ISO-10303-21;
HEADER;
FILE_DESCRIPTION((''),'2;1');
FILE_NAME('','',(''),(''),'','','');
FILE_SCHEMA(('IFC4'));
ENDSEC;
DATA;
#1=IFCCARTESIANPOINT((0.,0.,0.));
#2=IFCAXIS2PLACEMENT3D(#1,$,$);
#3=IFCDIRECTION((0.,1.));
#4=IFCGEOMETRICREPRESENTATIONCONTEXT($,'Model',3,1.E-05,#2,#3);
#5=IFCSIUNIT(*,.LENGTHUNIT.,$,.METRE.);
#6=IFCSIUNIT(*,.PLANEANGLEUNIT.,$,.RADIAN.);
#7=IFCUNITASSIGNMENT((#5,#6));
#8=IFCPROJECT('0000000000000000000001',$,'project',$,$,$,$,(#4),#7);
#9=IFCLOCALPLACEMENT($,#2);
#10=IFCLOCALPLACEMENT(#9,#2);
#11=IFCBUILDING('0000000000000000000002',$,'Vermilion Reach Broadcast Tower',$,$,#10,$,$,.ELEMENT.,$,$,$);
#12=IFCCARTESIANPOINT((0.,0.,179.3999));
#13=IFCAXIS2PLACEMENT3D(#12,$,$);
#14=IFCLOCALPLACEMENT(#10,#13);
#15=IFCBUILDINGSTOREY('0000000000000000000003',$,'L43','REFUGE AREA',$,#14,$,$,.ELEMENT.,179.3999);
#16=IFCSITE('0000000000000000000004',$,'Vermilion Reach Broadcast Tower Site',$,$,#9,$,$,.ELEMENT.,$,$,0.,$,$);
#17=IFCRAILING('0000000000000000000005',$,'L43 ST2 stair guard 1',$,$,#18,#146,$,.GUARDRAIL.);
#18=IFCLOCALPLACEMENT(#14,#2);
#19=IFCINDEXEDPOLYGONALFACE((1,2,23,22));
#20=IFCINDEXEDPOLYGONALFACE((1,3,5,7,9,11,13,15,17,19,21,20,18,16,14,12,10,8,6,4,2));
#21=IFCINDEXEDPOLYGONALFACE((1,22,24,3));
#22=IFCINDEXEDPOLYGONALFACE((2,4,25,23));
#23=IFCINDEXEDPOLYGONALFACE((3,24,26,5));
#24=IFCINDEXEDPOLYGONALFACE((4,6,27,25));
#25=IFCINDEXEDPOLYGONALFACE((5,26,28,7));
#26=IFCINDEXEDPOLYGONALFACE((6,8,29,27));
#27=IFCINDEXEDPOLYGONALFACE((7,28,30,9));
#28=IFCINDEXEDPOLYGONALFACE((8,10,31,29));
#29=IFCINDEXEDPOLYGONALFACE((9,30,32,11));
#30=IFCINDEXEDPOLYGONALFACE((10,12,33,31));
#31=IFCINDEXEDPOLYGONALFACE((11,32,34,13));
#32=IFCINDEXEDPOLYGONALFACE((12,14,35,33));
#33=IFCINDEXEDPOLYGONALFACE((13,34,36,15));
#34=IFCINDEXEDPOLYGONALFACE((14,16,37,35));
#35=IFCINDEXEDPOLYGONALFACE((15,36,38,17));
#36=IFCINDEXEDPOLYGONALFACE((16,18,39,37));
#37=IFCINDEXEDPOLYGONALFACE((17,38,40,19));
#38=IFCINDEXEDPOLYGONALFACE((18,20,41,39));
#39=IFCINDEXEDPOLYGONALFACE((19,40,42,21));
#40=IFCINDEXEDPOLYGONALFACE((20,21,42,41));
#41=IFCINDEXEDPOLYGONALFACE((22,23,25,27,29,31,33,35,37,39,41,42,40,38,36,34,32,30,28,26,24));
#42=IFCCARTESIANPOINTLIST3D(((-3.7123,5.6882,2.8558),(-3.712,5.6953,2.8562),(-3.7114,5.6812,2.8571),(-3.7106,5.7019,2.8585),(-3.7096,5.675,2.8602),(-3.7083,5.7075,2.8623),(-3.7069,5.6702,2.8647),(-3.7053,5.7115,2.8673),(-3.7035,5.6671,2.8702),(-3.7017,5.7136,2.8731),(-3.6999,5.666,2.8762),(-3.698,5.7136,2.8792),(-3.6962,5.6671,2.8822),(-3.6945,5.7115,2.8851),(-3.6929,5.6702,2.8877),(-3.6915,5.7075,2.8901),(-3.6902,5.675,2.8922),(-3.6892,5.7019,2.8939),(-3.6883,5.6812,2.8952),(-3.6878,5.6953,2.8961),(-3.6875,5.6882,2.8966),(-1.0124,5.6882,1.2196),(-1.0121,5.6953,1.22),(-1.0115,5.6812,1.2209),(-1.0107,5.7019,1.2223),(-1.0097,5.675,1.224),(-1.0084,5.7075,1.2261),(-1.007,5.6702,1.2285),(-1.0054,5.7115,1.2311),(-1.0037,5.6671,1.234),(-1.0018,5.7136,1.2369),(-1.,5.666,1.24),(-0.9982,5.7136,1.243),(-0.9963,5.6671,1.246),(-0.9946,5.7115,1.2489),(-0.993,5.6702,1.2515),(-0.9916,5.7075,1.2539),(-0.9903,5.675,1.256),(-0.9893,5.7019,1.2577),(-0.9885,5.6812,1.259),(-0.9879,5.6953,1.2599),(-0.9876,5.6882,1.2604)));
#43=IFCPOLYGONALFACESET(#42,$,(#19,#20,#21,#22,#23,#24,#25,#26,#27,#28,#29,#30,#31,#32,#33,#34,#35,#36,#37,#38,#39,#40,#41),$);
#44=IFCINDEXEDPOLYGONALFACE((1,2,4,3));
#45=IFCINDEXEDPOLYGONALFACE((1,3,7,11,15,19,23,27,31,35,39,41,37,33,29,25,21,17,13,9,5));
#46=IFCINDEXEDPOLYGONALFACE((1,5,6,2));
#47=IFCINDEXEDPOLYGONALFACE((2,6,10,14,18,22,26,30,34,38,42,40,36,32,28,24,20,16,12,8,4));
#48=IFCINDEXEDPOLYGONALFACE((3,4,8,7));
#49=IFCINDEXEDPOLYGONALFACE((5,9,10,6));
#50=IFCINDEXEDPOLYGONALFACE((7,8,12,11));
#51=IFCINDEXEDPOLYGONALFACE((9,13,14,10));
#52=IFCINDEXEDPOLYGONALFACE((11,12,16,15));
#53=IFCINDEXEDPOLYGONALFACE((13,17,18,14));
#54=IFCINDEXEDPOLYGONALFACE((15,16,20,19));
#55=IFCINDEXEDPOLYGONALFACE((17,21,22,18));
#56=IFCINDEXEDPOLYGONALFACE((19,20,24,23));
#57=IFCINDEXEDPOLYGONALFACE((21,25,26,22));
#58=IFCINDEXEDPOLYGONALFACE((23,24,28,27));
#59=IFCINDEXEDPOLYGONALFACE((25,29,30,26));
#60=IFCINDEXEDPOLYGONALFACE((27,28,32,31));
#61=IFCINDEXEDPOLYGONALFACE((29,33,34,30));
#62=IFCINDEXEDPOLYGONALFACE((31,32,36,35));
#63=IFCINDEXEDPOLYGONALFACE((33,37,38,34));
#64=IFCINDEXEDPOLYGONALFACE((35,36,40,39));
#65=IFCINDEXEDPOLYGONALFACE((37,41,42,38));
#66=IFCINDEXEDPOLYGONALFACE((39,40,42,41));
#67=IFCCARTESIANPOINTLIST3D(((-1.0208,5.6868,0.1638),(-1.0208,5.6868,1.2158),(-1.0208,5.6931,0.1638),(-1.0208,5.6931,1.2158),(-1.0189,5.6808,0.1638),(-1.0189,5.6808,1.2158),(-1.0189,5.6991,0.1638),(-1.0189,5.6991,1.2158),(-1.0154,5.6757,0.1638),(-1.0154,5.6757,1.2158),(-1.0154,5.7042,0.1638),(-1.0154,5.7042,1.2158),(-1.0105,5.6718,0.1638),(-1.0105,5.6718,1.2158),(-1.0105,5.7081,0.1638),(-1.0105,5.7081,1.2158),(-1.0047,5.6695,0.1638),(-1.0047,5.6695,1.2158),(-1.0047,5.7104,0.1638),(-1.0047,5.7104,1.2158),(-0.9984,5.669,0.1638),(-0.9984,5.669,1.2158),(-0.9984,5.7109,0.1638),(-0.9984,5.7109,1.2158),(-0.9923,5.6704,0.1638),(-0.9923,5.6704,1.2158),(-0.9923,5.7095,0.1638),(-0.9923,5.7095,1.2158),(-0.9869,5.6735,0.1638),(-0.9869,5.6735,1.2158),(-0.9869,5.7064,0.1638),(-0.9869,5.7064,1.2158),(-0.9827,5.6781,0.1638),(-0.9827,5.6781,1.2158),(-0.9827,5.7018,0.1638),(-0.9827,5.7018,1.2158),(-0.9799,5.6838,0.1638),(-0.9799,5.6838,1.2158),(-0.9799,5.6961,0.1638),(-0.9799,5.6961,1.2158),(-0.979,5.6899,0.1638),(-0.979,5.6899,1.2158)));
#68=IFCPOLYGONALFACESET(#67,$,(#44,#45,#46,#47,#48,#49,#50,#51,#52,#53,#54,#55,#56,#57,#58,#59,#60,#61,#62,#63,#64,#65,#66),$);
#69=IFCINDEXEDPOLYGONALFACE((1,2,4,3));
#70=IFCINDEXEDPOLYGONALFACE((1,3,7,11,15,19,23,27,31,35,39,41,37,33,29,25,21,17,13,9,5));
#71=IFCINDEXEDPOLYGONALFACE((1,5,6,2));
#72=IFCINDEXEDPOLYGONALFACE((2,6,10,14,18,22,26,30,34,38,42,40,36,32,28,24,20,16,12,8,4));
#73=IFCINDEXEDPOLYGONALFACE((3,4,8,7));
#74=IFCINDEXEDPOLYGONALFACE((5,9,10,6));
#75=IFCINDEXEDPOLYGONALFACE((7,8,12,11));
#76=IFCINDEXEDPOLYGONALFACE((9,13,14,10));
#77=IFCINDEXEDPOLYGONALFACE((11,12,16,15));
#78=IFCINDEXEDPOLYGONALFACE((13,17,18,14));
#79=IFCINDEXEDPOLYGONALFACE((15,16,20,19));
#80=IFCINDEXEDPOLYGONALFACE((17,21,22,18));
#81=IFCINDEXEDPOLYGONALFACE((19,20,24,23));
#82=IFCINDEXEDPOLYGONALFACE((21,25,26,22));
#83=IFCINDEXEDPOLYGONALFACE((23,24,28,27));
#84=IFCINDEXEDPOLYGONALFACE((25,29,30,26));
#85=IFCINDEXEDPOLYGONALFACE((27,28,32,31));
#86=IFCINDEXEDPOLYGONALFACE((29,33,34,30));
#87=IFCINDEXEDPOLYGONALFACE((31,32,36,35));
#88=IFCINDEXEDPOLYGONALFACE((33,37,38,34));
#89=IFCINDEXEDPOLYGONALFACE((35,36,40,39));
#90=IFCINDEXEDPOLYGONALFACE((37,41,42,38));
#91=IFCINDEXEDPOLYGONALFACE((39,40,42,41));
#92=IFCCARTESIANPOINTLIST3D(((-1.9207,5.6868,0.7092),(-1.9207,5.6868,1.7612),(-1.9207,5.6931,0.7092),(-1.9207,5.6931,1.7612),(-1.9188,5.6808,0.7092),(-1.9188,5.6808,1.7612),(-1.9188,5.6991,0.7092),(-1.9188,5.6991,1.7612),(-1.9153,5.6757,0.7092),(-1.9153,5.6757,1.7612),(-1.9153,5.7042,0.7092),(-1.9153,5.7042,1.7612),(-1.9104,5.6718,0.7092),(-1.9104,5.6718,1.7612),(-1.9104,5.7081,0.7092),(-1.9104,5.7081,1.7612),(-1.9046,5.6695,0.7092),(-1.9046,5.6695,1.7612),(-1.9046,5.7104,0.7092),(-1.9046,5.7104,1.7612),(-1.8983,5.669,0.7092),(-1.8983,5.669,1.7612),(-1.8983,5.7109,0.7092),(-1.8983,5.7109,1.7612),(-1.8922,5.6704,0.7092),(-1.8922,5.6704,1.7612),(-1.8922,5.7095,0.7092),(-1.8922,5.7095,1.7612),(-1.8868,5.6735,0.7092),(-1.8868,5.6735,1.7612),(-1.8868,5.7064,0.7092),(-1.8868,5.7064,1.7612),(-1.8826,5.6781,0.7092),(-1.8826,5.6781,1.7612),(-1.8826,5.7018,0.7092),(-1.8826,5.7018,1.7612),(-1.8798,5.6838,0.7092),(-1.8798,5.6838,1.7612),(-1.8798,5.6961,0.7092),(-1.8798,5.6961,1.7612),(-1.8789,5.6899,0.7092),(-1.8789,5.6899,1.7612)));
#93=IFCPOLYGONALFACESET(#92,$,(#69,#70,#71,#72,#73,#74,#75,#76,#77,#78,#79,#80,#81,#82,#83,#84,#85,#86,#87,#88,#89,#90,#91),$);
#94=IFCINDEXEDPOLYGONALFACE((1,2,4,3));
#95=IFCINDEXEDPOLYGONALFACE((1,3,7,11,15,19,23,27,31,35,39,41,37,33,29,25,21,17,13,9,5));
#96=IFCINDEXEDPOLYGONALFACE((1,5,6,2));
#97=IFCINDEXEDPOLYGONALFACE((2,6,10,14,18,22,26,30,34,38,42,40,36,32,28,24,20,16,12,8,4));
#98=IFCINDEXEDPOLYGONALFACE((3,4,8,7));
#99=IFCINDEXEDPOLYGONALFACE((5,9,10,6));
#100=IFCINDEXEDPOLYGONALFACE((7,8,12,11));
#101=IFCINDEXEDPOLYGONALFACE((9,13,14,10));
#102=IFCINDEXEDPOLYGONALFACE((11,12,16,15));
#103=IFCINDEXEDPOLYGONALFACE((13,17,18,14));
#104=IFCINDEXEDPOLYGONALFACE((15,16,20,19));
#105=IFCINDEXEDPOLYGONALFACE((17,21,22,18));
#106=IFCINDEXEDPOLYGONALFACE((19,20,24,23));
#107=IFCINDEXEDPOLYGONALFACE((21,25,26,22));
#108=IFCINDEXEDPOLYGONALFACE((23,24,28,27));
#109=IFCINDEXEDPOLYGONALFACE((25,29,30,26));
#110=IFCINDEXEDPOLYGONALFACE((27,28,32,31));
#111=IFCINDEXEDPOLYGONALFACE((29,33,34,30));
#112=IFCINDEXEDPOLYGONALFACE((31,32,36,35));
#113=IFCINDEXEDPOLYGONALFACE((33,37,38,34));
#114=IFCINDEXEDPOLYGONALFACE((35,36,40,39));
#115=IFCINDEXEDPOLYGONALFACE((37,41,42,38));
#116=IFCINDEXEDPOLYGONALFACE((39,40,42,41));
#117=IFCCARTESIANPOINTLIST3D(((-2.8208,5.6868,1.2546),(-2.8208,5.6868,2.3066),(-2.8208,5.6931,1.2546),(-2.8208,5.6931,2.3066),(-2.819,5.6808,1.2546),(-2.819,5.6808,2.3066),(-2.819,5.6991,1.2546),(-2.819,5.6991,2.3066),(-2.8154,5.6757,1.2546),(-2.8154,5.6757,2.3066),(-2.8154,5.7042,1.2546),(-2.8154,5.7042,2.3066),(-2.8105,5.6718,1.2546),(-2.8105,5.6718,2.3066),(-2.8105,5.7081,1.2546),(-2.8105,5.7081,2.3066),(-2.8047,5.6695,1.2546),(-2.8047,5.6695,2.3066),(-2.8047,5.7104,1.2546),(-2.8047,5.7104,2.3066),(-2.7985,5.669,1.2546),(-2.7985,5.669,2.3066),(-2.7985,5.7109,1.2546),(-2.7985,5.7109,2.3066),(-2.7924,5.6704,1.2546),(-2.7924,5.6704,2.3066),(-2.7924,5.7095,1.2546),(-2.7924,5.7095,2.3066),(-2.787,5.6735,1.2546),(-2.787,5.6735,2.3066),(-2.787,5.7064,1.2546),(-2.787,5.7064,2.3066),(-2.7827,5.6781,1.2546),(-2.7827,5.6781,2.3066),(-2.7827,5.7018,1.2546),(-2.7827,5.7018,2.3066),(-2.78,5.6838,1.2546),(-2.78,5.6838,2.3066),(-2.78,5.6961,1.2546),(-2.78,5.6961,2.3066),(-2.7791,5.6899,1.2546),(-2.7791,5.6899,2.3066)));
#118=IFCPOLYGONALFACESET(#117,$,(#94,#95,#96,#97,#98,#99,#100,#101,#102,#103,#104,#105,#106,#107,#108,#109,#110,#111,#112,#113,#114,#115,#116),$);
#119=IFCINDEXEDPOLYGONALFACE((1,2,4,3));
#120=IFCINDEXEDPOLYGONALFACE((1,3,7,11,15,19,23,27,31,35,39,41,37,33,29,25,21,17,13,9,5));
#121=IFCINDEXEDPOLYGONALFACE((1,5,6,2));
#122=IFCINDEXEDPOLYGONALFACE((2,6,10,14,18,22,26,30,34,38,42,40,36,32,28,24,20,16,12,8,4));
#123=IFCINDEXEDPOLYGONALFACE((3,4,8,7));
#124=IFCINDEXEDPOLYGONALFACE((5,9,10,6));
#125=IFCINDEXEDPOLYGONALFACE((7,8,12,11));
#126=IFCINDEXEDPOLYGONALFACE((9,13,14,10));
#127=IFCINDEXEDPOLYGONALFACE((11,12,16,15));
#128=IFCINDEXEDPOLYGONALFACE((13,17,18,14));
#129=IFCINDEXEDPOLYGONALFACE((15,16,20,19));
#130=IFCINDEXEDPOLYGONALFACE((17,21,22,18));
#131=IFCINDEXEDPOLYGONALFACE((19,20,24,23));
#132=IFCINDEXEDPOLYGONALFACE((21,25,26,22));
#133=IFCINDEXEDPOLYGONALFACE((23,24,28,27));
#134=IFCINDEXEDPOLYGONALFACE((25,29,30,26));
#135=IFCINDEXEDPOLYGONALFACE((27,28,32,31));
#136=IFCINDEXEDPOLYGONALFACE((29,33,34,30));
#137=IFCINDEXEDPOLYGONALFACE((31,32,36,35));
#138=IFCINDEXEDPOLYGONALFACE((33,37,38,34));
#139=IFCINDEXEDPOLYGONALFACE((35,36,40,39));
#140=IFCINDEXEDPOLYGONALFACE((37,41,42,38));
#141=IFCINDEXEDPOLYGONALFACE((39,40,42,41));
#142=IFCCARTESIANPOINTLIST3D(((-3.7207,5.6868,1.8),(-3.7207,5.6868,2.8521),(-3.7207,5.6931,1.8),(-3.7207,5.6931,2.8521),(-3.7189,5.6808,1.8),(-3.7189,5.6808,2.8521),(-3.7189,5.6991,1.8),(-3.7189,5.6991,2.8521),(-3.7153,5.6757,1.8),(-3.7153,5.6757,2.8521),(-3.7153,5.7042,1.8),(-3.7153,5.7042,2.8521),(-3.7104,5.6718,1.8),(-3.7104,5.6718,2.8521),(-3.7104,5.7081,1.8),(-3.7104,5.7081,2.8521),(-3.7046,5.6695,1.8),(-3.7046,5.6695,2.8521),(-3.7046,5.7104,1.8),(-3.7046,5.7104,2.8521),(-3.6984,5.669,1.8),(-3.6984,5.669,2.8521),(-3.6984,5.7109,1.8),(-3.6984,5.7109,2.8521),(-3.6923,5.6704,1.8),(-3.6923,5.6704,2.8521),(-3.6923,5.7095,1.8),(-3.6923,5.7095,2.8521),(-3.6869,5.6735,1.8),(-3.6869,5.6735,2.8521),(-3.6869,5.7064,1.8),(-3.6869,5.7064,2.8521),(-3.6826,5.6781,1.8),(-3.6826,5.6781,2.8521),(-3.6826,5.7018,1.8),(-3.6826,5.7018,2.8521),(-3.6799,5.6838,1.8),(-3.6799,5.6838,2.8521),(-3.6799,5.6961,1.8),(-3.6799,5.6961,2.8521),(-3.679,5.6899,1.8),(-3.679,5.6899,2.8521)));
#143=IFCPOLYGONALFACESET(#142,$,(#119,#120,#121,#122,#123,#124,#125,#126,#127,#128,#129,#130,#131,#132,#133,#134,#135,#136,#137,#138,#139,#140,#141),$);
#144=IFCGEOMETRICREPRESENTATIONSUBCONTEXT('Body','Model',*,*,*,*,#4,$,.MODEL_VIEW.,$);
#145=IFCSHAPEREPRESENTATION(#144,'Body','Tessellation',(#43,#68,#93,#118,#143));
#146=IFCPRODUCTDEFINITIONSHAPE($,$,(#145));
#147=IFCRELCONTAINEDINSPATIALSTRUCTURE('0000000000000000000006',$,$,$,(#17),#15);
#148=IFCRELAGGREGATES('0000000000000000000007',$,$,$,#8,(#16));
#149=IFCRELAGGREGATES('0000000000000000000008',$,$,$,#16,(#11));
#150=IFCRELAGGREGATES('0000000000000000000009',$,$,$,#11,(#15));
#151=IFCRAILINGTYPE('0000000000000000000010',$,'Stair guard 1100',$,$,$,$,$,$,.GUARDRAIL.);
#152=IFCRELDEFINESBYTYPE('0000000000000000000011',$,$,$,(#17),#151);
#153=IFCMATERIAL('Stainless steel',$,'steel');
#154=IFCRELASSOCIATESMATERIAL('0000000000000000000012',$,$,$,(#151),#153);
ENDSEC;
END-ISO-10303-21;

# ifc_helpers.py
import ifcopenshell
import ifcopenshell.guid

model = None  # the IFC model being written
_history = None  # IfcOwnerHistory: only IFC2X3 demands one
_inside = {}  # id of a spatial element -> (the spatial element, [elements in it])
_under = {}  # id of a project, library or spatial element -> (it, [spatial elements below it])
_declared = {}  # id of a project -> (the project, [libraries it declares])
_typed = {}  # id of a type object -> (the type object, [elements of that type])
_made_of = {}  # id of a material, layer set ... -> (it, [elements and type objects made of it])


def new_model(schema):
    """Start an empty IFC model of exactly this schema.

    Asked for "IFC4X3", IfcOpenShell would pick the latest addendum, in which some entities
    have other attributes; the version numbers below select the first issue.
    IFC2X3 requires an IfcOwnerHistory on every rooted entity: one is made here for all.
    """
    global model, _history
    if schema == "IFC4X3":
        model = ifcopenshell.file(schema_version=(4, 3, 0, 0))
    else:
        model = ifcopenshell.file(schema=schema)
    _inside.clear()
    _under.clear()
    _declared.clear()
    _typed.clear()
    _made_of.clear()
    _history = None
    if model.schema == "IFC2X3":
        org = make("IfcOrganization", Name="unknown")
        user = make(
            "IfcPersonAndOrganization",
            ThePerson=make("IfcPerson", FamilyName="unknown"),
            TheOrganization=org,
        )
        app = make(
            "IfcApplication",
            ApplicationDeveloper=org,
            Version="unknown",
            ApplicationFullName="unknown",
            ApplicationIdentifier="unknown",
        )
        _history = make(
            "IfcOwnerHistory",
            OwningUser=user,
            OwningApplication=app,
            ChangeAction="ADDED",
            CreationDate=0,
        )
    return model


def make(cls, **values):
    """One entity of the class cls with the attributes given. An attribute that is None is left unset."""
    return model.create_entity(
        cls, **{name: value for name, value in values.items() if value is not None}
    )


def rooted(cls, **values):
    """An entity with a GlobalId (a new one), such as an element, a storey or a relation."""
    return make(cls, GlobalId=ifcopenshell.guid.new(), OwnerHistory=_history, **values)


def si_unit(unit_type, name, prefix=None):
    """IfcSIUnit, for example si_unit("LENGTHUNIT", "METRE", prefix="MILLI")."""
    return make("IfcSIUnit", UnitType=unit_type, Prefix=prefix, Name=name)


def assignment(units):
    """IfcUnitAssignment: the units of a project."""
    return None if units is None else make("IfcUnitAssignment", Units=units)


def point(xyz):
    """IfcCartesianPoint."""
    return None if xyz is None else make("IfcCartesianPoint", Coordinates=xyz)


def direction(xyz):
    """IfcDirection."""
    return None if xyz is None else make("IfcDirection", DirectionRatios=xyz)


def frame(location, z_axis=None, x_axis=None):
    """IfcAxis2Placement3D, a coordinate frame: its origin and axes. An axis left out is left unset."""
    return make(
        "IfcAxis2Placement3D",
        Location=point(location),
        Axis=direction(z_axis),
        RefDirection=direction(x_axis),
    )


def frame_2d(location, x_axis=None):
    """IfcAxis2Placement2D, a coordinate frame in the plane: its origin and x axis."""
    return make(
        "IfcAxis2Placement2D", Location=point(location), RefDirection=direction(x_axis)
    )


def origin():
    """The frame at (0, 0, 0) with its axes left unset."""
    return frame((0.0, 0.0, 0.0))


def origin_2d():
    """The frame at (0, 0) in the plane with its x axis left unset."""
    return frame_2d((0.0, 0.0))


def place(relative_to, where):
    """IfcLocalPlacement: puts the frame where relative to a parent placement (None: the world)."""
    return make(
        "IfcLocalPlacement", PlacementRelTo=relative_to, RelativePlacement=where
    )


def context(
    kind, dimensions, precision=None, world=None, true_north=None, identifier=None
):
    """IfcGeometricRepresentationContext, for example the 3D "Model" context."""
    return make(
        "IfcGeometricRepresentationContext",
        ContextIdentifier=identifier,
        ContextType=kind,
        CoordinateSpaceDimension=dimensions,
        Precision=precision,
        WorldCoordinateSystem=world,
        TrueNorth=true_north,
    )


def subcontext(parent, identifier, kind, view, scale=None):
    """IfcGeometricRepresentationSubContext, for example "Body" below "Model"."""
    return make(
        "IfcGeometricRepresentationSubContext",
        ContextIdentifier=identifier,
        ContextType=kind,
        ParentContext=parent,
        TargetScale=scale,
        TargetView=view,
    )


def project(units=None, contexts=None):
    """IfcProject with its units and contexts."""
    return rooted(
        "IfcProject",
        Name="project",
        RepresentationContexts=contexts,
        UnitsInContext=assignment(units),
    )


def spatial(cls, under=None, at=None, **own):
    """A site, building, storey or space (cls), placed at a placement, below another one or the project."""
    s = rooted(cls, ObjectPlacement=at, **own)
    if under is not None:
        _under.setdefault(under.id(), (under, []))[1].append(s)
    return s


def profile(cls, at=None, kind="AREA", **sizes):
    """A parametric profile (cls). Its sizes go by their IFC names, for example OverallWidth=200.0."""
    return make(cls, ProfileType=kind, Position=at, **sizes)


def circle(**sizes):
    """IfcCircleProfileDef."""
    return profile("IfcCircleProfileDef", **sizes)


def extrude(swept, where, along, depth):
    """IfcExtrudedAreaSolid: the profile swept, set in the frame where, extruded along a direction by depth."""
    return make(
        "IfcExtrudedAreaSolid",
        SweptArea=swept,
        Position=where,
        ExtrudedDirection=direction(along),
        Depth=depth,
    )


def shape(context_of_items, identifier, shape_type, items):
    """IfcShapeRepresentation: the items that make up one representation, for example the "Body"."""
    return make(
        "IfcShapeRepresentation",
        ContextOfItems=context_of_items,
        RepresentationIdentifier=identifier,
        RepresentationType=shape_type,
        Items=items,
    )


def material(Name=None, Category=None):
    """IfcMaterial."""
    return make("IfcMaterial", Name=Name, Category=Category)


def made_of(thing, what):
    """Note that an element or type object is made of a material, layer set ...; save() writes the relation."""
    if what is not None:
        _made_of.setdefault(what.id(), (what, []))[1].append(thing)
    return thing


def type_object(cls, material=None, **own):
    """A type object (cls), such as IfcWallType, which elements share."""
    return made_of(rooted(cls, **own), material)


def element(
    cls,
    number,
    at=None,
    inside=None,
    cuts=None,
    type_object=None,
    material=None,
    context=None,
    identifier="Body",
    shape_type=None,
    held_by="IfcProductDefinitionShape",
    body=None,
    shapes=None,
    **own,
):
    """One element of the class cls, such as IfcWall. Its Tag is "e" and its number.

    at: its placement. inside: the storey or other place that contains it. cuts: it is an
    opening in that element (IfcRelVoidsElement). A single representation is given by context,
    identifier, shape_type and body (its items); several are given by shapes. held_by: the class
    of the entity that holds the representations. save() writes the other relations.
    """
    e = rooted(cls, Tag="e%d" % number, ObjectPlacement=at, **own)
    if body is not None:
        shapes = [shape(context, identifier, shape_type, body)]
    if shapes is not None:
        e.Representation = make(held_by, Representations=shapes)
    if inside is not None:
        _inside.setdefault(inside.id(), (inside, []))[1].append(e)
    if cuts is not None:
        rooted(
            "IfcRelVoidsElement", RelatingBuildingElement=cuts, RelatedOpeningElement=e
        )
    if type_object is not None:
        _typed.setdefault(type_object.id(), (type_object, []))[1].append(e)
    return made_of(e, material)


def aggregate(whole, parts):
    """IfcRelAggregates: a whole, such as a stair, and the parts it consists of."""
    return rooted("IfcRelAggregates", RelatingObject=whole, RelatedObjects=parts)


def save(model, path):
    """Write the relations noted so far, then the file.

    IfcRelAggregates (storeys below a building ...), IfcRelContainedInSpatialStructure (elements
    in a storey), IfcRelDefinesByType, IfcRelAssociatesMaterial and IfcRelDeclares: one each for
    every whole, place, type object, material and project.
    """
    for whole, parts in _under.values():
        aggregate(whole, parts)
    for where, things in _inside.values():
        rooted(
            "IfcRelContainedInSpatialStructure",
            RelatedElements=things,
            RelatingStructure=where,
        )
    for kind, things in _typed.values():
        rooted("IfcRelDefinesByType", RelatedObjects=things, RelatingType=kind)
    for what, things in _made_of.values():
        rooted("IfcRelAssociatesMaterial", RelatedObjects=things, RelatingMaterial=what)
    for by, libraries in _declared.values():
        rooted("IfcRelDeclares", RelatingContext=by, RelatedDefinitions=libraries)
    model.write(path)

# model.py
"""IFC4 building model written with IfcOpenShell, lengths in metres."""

from ifc_helpers import new_model, si_unit, direction, frame, origin, origin_2d, place, context, subcontext, project, spatial, circle, extrude, material, type_object, element, save


model = new_model("IFC4")

# Units and contexts
model_context = context("Model", 3, precision=1e-05, world=origin(), true_north=direction((0.0, 1.0)))
body_context = subcontext(model_context, "Body", "Model", "MODEL_VIEW")
ifc_project = project(units=[si_unit("LENGTHUNIT", "METRE"), si_unit("PLANEANGLEUNIT", "RADIAN")], contexts=[model_context])

# Site, building, storey
site_placement = place(None, origin())
site = spatial("IfcSite", under=ifc_project, at=site_placement, Name="Vermilion Reach Broadcast Tower Site", CompositionType="ELEMENT", RefElevation=0.0)
building_placement = place(site_placement, origin())
building = spatial("IfcBuilding", under=site, at=building_placement, Name="Vermilion Reach Broadcast Tower", CompositionType="ELEMENT")
storey_placement = place(building_placement, frame((0.0, 0.0, 179.3999)))
storey = spatial("IfcBuildingStorey", under=building, at=storey_placement, Name="L43", Description="REFUGE AREA", CompositionType="ELEMENT", Elevation=179.3999)

# Railing
ifc_material_1 = material(Name="Stainless steel", Category="steel")
railing_type_1 = type_object("IfcRailingType", Name="Stair guard 1100", PredefinedType="GUARDRAIL", material=ifc_material_1)
railing_1_placement = place(storey_placement, frame((-1.0, 5.6899, 0.1638)))
element("IfcRailing", 1, at=railing_1_placement, inside=storey, type_object=railing_type_1, Name="L43 ST2 stair guard 1", PredefinedType="GUARDRAIL", context=body_context, shape_type="SweptSolid", body=[
    extrude(circle(Radius=0.0239, at=origin_2d()), frame((0.0, 0.0, 1.0762), z_axis=(-0.855212, 0.0, 0.518278), x_axis=(0.0, -1.0, 0.0)), (0.0, 0.0, 1.0), 3.157),
    extrude(circle(Radius=0.021, at=origin_2d()), origin(), (0.0, 0.0, 1.0), 1.052),
    extrude(circle(Radius=0.021, at=origin_2d()), frame((-0.8999, 0.0, 0.5454)), (0.0, 0.0, 1.0), 1.052),
    extrude(circle(Radius=0.021, at=origin_2d()), frame((-1.8, 0.0, 1.0908)), (0.0, 0.0, 1.0), 1.052),
    extrude(circle(Radius=0.021, at=origin_2d()), frame((-2.7, 0.0, 1.6362)), (0.0, 0.0, 1.0), 1.052),
])

save(model, "model.ifc")
